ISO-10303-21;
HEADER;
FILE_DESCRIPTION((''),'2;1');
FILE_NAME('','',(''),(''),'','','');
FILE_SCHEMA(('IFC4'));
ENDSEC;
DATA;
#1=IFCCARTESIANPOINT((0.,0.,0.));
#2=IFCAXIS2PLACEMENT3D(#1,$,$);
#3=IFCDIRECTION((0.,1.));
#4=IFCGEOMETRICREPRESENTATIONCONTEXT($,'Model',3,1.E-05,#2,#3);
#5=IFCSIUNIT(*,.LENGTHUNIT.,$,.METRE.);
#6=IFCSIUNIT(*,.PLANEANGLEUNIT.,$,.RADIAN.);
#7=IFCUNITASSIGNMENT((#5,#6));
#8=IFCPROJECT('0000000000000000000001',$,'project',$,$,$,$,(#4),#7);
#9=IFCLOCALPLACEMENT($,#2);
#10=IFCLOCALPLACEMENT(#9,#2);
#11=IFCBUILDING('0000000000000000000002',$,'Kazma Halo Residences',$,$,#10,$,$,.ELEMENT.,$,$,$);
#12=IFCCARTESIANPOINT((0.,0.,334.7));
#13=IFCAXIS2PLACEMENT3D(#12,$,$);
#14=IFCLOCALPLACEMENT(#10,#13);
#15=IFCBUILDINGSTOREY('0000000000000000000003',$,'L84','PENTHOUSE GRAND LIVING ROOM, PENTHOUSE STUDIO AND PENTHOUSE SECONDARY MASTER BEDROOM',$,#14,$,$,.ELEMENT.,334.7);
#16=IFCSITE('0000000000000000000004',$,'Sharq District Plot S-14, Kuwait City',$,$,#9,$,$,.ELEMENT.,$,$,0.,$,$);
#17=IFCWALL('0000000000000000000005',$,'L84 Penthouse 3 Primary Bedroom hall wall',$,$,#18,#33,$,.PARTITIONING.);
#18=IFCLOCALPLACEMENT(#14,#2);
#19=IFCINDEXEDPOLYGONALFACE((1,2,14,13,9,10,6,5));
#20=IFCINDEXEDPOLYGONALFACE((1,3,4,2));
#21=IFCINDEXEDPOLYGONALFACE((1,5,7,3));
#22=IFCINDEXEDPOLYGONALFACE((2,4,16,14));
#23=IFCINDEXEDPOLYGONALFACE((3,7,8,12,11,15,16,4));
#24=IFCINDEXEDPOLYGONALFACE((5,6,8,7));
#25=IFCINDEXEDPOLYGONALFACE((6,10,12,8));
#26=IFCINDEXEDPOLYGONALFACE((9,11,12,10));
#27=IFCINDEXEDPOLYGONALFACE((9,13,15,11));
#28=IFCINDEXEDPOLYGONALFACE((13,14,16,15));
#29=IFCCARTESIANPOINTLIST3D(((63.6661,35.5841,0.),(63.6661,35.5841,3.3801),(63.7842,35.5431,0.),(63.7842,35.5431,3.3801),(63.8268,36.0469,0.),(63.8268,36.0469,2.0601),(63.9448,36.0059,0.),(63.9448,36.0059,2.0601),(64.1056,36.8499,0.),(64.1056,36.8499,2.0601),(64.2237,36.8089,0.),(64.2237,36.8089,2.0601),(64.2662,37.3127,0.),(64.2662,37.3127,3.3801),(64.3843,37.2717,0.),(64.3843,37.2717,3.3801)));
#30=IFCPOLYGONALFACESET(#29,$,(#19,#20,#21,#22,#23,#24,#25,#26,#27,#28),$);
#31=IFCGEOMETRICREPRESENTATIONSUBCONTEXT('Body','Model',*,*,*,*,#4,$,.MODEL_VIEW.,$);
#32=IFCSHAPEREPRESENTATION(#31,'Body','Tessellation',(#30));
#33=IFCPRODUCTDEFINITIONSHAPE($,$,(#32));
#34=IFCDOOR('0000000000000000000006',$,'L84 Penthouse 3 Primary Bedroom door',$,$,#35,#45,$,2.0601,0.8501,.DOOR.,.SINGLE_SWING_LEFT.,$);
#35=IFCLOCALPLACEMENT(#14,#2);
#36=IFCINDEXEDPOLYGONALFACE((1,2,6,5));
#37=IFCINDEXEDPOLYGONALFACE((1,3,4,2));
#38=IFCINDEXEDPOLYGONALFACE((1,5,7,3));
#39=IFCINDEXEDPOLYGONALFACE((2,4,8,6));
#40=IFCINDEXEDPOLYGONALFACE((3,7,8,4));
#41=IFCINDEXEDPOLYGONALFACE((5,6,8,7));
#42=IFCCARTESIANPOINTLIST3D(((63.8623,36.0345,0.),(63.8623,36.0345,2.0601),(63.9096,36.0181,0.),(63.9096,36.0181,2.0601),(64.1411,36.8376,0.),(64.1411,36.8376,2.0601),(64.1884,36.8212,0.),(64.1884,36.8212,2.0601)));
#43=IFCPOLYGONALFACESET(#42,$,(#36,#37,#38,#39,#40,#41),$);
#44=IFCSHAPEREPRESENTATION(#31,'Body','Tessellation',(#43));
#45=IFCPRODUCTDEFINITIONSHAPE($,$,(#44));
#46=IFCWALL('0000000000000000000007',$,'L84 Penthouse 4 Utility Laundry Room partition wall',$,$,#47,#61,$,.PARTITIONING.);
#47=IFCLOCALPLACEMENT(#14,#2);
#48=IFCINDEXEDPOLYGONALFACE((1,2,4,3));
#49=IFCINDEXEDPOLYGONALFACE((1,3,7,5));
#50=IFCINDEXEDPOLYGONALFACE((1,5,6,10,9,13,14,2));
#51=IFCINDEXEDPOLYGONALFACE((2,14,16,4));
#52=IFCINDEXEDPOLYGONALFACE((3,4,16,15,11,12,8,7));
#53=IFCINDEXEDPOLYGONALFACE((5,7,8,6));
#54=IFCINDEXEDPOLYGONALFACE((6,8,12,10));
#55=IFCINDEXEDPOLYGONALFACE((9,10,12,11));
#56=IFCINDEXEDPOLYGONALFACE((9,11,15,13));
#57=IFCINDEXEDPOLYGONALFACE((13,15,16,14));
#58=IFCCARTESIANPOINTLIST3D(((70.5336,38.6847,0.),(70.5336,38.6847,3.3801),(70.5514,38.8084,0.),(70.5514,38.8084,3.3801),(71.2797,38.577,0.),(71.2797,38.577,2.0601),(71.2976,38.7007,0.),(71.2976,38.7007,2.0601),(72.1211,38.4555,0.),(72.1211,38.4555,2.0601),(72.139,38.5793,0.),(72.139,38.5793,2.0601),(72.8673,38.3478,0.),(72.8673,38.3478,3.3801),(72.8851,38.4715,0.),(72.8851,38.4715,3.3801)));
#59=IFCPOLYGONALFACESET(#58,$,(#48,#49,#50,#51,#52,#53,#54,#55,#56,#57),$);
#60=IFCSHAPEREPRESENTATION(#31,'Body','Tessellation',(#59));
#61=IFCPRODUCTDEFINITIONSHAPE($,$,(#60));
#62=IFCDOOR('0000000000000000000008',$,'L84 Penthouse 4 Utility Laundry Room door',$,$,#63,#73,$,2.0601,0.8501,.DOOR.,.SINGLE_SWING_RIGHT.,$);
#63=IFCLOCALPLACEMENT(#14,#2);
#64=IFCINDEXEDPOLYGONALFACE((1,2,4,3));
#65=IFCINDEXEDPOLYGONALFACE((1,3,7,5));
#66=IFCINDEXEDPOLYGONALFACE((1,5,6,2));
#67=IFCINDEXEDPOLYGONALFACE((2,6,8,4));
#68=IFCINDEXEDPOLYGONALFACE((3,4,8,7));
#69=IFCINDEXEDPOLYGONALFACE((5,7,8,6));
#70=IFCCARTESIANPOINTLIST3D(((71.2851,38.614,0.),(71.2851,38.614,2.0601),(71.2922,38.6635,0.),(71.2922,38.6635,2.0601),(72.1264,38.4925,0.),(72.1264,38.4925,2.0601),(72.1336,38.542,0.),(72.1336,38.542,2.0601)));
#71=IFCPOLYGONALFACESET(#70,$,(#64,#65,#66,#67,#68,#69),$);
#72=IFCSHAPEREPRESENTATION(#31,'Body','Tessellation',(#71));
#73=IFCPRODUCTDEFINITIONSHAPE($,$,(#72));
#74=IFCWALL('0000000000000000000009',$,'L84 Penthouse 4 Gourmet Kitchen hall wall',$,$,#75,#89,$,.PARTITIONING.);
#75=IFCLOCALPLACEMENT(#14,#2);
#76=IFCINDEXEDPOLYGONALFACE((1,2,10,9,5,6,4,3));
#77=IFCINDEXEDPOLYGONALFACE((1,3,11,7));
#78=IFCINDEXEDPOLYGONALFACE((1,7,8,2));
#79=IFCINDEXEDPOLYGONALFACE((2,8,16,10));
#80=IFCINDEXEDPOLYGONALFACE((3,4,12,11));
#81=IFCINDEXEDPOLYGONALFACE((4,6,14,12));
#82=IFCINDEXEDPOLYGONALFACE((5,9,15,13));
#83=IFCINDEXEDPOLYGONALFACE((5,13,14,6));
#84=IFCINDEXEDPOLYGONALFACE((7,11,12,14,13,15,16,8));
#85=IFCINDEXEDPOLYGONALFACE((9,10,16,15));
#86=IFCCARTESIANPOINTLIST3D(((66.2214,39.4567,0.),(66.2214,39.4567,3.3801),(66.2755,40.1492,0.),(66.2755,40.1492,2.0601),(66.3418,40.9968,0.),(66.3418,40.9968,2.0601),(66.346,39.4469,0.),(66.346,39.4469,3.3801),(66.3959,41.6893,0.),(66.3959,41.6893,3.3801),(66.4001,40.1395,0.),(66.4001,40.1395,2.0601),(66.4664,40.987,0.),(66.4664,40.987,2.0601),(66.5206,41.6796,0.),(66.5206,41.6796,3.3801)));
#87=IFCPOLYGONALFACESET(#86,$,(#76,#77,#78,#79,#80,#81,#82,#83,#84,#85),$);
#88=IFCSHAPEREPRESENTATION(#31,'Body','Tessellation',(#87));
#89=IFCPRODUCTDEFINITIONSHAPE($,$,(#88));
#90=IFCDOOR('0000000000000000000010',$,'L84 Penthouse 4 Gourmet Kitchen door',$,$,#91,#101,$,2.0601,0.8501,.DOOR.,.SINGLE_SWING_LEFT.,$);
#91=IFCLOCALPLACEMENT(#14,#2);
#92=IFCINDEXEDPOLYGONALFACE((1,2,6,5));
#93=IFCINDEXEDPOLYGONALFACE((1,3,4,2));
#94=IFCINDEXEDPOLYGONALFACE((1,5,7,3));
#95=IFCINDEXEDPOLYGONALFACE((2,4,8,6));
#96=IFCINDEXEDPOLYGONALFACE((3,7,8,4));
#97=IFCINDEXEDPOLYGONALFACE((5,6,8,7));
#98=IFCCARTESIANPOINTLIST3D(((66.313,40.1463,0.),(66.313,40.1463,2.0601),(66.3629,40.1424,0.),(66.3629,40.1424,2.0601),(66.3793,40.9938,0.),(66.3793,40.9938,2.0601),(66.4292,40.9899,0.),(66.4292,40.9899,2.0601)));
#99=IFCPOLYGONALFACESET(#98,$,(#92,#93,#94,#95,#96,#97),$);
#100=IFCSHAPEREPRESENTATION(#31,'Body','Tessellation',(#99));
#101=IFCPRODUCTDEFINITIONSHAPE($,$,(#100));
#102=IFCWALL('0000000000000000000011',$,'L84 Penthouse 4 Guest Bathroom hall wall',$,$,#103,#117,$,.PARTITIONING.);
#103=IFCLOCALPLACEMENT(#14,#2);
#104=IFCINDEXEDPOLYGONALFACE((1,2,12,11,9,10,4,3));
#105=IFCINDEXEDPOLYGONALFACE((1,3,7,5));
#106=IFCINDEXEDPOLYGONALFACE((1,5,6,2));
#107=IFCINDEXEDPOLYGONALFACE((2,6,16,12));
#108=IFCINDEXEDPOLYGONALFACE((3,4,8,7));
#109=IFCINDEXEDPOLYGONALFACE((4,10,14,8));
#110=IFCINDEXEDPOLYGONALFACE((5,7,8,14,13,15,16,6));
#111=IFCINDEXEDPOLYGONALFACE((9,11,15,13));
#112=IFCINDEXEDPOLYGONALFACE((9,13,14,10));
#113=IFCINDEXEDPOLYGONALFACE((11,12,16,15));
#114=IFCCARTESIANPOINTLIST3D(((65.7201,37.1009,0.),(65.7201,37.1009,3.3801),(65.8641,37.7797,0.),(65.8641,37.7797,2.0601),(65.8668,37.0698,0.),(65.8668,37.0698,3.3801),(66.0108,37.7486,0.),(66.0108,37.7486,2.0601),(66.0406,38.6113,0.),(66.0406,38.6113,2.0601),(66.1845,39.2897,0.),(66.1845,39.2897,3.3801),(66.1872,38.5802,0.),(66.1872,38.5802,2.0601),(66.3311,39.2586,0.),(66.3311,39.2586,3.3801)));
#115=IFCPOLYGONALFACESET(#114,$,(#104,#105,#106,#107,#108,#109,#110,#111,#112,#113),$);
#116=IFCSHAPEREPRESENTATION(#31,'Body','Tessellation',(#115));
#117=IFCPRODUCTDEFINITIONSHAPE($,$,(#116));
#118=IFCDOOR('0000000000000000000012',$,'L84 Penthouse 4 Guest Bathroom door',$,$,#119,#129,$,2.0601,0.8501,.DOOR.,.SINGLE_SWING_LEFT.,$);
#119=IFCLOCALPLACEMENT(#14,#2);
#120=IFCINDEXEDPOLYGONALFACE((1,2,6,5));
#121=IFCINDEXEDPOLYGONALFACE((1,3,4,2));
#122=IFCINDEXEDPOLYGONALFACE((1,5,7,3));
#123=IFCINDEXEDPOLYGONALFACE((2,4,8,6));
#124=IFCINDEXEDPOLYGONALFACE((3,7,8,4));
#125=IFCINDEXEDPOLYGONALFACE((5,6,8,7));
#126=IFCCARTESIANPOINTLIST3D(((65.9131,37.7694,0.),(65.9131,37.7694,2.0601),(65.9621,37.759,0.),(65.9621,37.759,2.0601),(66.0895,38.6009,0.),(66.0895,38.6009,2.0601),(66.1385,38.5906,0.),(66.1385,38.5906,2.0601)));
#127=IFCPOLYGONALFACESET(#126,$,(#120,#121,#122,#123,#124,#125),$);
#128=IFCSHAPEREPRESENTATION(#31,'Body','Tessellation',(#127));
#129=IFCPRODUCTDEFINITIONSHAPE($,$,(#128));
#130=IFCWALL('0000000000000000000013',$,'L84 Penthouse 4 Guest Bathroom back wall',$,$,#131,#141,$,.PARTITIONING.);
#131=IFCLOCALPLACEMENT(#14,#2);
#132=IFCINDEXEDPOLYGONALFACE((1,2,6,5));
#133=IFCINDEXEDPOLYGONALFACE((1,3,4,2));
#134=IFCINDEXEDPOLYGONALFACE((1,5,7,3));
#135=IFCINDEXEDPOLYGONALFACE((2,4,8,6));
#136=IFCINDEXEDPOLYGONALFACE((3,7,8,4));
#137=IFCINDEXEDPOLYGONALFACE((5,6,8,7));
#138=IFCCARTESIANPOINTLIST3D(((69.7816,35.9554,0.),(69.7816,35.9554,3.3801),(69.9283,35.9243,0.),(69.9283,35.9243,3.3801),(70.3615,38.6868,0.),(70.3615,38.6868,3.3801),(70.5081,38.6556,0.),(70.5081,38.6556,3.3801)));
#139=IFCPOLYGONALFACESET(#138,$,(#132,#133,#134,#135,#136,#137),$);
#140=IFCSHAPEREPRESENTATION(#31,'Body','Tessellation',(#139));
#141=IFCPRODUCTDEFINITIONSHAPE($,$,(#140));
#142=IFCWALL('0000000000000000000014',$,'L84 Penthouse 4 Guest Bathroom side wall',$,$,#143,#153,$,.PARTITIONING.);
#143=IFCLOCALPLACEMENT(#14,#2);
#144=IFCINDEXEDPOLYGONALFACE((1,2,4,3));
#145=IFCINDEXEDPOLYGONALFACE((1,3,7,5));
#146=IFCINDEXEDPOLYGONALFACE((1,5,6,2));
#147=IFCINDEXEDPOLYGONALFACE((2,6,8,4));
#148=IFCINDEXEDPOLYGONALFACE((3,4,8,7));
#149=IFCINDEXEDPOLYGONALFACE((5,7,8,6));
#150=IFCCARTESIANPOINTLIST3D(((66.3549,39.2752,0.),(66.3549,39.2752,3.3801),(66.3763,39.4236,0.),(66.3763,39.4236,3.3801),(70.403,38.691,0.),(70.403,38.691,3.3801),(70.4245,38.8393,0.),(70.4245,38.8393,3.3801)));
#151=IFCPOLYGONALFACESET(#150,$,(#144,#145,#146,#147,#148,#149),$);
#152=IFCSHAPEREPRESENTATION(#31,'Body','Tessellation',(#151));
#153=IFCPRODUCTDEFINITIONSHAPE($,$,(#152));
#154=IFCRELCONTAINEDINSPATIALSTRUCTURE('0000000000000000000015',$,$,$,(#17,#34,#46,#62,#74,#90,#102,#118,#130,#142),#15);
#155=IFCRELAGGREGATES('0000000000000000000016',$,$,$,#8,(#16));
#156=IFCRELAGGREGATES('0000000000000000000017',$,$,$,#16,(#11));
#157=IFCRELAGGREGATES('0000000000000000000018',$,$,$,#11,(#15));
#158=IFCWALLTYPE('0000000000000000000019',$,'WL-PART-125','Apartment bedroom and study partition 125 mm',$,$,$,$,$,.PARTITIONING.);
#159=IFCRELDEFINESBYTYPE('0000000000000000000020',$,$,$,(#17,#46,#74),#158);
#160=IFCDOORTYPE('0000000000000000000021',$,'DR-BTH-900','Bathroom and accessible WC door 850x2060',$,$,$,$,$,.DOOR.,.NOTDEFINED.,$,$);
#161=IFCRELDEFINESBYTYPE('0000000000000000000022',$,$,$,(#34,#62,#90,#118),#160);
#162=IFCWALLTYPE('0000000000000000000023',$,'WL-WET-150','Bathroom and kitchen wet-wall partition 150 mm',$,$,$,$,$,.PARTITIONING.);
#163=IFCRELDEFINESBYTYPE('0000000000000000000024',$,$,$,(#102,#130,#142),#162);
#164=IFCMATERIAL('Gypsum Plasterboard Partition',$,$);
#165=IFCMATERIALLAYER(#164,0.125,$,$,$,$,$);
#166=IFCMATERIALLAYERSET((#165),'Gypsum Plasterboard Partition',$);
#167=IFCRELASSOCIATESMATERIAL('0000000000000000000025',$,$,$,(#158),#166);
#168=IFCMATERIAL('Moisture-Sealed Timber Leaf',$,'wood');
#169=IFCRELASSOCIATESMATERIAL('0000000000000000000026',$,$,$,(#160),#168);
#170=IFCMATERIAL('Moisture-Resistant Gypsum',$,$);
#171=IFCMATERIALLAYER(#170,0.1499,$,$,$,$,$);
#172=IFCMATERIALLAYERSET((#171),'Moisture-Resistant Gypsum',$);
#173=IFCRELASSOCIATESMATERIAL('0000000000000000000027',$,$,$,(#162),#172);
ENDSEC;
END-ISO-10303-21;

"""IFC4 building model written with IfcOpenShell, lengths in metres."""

from ifc_helpers import new_model, si_unit, direction, frame, frame_2d, origin, place, context, subcontext, project, spatial, rectangle, extrude, material, layer, layer_set, type_object, element, fill, save


model = new_model("IFC4")

# Units and contexts
model_context = context("Model", 3, precision=1e-05, world=origin(), true_north=direction((0.0, 1.0)))
body_context = subcontext(model_context, "Body", "Model", "MODEL_VIEW")
ifc_project = project(units=[si_unit("LENGTHUNIT", "METRE"), si_unit("PLANEANGLEUNIT", "RADIAN")], contexts=[model_context])

# Site, building, storey
site_placement = place(None, origin())
site = spatial("IfcSite", under=ifc_project, at=site_placement, Name="Sharq District Plot S-14, Kuwait City", CompositionType="ELEMENT", RefElevation=0.0)
building_placement = place(site_placement, origin())
building = spatial("IfcBuilding", under=site, at=building_placement, Name="Kazma Halo Residences", CompositionType="ELEMENT")
storey_placement = place(building_placement, frame((0.0, 0.0, 334.7)))
storey = spatial("IfcBuildingStorey", under=building, at=storey_placement, Name="L84", Description="PENTHOUSE GRAND LIVING ROOM, PENTHOUSE STUDIO AND PENTHOUSE SECONDARY MASTER BEDROOM", CompositionType="ELEMENT", Elevation=334.7)

# Shared definitions
ifc_material_1 = material(Name="Gypsum Plasterboard Partition")
ifc_layer_1 = layer(ifc_material_1, 0.125)
ifc_layer_set_1 = layer_set([ifc_layer_1], Name="Gypsum Plasterboard Partition")
wall_type_1 = type_object("IfcWallType", Name="WL-PART-125", Description="Apartment bedroom and study partition 125 mm", PredefinedType="PARTITIONING", material=ifc_layer_set_1)

# Walls, openings, doors
wall_1_placement = place(storey_placement, frame((63.7251, 35.5635, 0.0), z_axis=(0.0, 0.0, 1.0), x_axis=(0.327972, 0.944687, 0.0)))
wall_1 = element("IfcWall", 1, at=wall_1_placement, inside=storey, type_object=wall_type_1, Name="L84 Penthouse 3 Primary Bedroom hall wall", PredefinedType="PARTITIONING", context=body_context, shape_type="SweptSolid", body=[
    extrude(rectangle(XDim=1.8298, YDim=0.125, at=frame_2d((0.915, 0.0))), origin(), (0.0, 0.0, 1.0), 3.3801),
])
opening_1_placement = place(wall_1_placement, frame((0.49, 0.0, 0.0)))
opening_1 = element("IfcOpeningElement", 2, at=opening_1_placement, cuts=wall_1, PredefinedType="OPENING", context=body_context, shape_type="SweptSolid", body=[
    extrude(rectangle(XDim=0.8501, YDim=2.0601, at=frame_2d((0.425, 1.03))), frame((0.0, 0.0725, 0.0), z_axis=(0.0, -1.0, 0.0), x_axis=(1.0, 0.0, 0.0)), (0.0, 0.0, 1.0), 0.145),
])
ifc_material_2 = material(Name="Moisture-Sealed Timber Leaf", Category="wood")
door_type = type_object("IfcDoorType", Name="DR-BTH-900", Description="Bathroom and accessible WC door 850x2060", OperationType="NOTDEFINED", PredefinedType="DOOR", material=ifc_material_2)
door_1_placement = place(opening_1_placement, origin())
door_1 = element("IfcDoor", 3, at=door_1_placement, inside=storey, type_object=door_type, Name="L84 Penthouse 3 Primary Bedroom door", OperationType="SINGLE_SWING_LEFT", OverallHeight=2.0601, OverallWidth=0.8501, PredefinedType="DOOR", context=body_context, shape_type="SweptSolid", body=[
    extrude(rectangle(XDim=0.8501, YDim=2.0601, at=frame_2d((0.425, 1.03))), frame((0.0, 0.0249, 0.0), z_axis=(0.0, -1.0, 0.0), x_axis=(1.0, 0.0, 0.0)), (0.0, 0.0, 1.0), 0.05),
])
fill(opening_1, door_1)
wall_2_placement = place(storey_placement, frame((70.5425, 38.7466, 0.0), z_axis=(0.0, 0.0, 1.0), x_axis=(0.989739, -0.142885, 0.0)))
wall_2 = element("IfcWall", 4, at=wall_2_placement, inside=storey, type_object=wall_type_1, Name="L84 Penthouse 4 Utility Laundry Room partition wall", PredefinedType="PARTITIONING", context=body_context, shape_type="SweptSolid", body=[
    extrude(rectangle(XDim=2.3579, YDim=0.125, at=frame_2d((1.179, 0.0))), origin(), (0.0, 0.0, 1.0), 3.3801),
])
opening_2_placement = place(wall_2_placement, frame((0.7539, 0.0, 0.0)))
opening_2 = element("IfcOpeningElement", 5, at=opening_2_placement, cuts=wall_2, PredefinedType="OPENING", context=body_context, shape_type="SweptSolid", body=[
    extrude(rectangle(XDim=0.8501, YDim=2.0601, at=frame_2d((0.425, 1.03))), frame((0.0, 0.0725, 0.0), z_axis=(0.0, -1.0, 0.0), x_axis=(1.0, 0.0, 0.0)), (0.0, 0.0, 1.0), 0.145),
])
door_2_placement = place(opening_2_placement, origin())
door_2 = element("IfcDoor", 6, at=door_2_placement, inside=storey, type_object=door_type, Name="L84 Penthouse 4 Utility Laundry Room door", OperationType="SINGLE_SWING_RIGHT", OverallHeight=2.0601, OverallWidth=0.8501, PredefinedType="DOOR", context=body_context, shape_type="SweptSolid", body=[
    extrude(rectangle(XDim=0.8501, YDim=2.0601, at=frame_2d((0.425, 1.03))), frame((0.0, 0.0249, 0.0), z_axis=(0.0, -1.0, 0.0), x_axis=(1.0, 0.0, 0.0)), (0.0, 0.0, 1.0), 0.05),
])
fill(opening_2, door_2)
wall_3_placement = place(storey_placement, frame((66.2837, 39.4519, 0.0), z_axis=(0.0, 0.0, 1.0), x_axis=(0.077947, 0.996958, 0.0)))
wall_3 = element("IfcWall", 7, at=wall_3_placement, inside=storey, type_object=wall_type_1, Name="L84 Penthouse 4 Gourmet Kitchen hall wall", PredefinedType="PARTITIONING", context=body_context, shape_type="SweptSolid", body=[
    extrude(rectangle(XDim=2.2395, YDim=0.125, at=frame_2d((1.1196, 0.0))), origin(), (0.0, 0.0, 1.0), 3.3801),
])
opening_3_placement = place(wall_3_placement, frame((0.6946, 0.0, 0.0)))
opening_3 = element("IfcOpeningElement", 8, at=opening_3_placement, cuts=wall_3, PredefinedType="OPENING", context=body_context, shape_type="SweptSolid", body=[
    extrude(rectangle(XDim=0.8501, YDim=2.0601, at=frame_2d((0.425, 1.03))), frame((0.0, 0.0725, 0.0), z_axis=(0.0, -1.0, 0.0), x_axis=(1.0, 0.0, 0.0)), (0.0, 0.0, 1.0), 0.145),
])
door_3_placement = place(opening_3_placement, origin())
door_3 = element("IfcDoor", 9, at=door_3_placement, inside=storey, type_object=door_type, Name="L84 Penthouse 4 Gourmet Kitchen door", OperationType="SINGLE_SWING_LEFT", OverallHeight=2.0601, OverallWidth=0.8501, PredefinedType="DOOR", context=body_context, shape_type="SweptSolid", body=[
    extrude(rectangle(XDim=0.8501, YDim=2.0601, at=frame_2d((0.425, 1.03))), frame((0.0, 0.0249, 0.0), z_axis=(0.0, -1.0, 0.0), x_axis=(1.0, 0.0, 0.0)), (0.0, 0.0, 1.0), 0.05),
])
fill(opening_3, door_3)
ifc_material_3 = material(Name="Moisture-Resistant Gypsum")
ifc_layer_2 = layer(ifc_material_3, 0.1499)
ifc_layer_set_2 = layer_set([ifc_layer_2], Name="Moisture-Resistant Gypsum")
wall_type_2 = type_object("IfcWallType", Name="WL-WET-150", Description="Bathroom and kitchen wet-wall partition 150 mm", PredefinedType="PARTITIONING", material=ifc_layer_set_2)
wall_4_placement = place(storey_placement, frame((65.7935, 37.0854, 0.0), z_axis=(0.0, 0.0, 1.0), x_axis=(0.207539, 0.978227, 0.0)))
wall_4 = element("IfcWall", 10, at=wall_4_placement, inside=storey, type_object=wall_type_2, Name="L84 Penthouse 4 Guest Bathroom hall wall", PredefinedType="PARTITIONING", context=body_context, shape_type="SweptSolid", body=[
    extrude(rectangle(XDim=2.2375, YDim=0.1499, at=frame_2d((1.1187, 0.0))), origin(), (0.0, 0.0, 1.0), 3.3801),
])
opening_4_placement = place(wall_4_placement, frame((0.6938, 0.0, 0.0)))
opening_4 = element("IfcOpeningElement", 11, at=opening_4_placement, cuts=wall_4, PredefinedType="OPENING", context=body_context, shape_type="SweptSolid", body=[
    extrude(rectangle(XDim=0.8501, YDim=2.0601, at=frame_2d((0.425, 1.03))), frame((0.0, 0.085, 0.0), z_axis=(0.0, -1.0, 0.0), x_axis=(1.0, 0.0, 0.0)), (0.0, 0.0, 1.0), 0.1699),
])
door_4_placement = place(opening_4_placement, origin())
door_4 = element("IfcDoor", 12, at=door_4_placement, inside=storey, type_object=door_type, Name="L84 Penthouse 4 Guest Bathroom door", OperationType="SINGLE_SWING_LEFT", OverallHeight=2.0601, OverallWidth=0.8501, PredefinedType="DOOR", context=body_context, shape_type="SweptSolid", body=[
    extrude(rectangle(XDim=0.8501, YDim=2.0601, at=frame_2d((0.425, 1.03))), frame((0.0, 0.0249, 0.0), z_axis=(0.0, -1.0, 0.0), x_axis=(1.0, 0.0, 0.0)), (0.0, 0.0, 1.0), 0.05),
])
fill(opening_4, door_4)

# Walls
wall_5_placement = place(storey_placement, frame((69.855, 35.9399, 0.0), z_axis=(0.0, 0.0, 1.0), x_axis=(0.207654, 0.978202, 0.0)))
element("IfcWall", 13, at=wall_5_placement, inside=storey, type_object=wall_type_2, Name="L84 Penthouse 4 Guest Bathroom back wall", PredefinedType="PARTITIONING", context=body_context, shape_type="SweptSolid", body=[
    extrude(rectangle(XDim=2.7922, YDim=0.1499, at=frame_2d((1.396, 0.0))), origin(), (0.0, 0.0, 1.0), 3.3801),
])
wall_6_placement = place(storey_placement, frame((66.3657, 39.3494, 0.0), z_axis=(0.0, 0.0, 1.0), x_axis=(0.989746, -0.142842, 0.0)))
element("IfcWall", 14, at=wall_6_placement, inside=storey, type_object=wall_type_2, Name="L84 Penthouse 4 Guest Bathroom side wall", PredefinedType="PARTITIONING", context=body_context, shape_type="SweptSolid", body=[
    extrude(rectangle(XDim=4.0901, YDim=0.1499, at=frame_2d((2.0449, 0.0))), origin(), (0.0, 0.0, 1.0), 3.3801),
])

save(model, "model.ifc")
